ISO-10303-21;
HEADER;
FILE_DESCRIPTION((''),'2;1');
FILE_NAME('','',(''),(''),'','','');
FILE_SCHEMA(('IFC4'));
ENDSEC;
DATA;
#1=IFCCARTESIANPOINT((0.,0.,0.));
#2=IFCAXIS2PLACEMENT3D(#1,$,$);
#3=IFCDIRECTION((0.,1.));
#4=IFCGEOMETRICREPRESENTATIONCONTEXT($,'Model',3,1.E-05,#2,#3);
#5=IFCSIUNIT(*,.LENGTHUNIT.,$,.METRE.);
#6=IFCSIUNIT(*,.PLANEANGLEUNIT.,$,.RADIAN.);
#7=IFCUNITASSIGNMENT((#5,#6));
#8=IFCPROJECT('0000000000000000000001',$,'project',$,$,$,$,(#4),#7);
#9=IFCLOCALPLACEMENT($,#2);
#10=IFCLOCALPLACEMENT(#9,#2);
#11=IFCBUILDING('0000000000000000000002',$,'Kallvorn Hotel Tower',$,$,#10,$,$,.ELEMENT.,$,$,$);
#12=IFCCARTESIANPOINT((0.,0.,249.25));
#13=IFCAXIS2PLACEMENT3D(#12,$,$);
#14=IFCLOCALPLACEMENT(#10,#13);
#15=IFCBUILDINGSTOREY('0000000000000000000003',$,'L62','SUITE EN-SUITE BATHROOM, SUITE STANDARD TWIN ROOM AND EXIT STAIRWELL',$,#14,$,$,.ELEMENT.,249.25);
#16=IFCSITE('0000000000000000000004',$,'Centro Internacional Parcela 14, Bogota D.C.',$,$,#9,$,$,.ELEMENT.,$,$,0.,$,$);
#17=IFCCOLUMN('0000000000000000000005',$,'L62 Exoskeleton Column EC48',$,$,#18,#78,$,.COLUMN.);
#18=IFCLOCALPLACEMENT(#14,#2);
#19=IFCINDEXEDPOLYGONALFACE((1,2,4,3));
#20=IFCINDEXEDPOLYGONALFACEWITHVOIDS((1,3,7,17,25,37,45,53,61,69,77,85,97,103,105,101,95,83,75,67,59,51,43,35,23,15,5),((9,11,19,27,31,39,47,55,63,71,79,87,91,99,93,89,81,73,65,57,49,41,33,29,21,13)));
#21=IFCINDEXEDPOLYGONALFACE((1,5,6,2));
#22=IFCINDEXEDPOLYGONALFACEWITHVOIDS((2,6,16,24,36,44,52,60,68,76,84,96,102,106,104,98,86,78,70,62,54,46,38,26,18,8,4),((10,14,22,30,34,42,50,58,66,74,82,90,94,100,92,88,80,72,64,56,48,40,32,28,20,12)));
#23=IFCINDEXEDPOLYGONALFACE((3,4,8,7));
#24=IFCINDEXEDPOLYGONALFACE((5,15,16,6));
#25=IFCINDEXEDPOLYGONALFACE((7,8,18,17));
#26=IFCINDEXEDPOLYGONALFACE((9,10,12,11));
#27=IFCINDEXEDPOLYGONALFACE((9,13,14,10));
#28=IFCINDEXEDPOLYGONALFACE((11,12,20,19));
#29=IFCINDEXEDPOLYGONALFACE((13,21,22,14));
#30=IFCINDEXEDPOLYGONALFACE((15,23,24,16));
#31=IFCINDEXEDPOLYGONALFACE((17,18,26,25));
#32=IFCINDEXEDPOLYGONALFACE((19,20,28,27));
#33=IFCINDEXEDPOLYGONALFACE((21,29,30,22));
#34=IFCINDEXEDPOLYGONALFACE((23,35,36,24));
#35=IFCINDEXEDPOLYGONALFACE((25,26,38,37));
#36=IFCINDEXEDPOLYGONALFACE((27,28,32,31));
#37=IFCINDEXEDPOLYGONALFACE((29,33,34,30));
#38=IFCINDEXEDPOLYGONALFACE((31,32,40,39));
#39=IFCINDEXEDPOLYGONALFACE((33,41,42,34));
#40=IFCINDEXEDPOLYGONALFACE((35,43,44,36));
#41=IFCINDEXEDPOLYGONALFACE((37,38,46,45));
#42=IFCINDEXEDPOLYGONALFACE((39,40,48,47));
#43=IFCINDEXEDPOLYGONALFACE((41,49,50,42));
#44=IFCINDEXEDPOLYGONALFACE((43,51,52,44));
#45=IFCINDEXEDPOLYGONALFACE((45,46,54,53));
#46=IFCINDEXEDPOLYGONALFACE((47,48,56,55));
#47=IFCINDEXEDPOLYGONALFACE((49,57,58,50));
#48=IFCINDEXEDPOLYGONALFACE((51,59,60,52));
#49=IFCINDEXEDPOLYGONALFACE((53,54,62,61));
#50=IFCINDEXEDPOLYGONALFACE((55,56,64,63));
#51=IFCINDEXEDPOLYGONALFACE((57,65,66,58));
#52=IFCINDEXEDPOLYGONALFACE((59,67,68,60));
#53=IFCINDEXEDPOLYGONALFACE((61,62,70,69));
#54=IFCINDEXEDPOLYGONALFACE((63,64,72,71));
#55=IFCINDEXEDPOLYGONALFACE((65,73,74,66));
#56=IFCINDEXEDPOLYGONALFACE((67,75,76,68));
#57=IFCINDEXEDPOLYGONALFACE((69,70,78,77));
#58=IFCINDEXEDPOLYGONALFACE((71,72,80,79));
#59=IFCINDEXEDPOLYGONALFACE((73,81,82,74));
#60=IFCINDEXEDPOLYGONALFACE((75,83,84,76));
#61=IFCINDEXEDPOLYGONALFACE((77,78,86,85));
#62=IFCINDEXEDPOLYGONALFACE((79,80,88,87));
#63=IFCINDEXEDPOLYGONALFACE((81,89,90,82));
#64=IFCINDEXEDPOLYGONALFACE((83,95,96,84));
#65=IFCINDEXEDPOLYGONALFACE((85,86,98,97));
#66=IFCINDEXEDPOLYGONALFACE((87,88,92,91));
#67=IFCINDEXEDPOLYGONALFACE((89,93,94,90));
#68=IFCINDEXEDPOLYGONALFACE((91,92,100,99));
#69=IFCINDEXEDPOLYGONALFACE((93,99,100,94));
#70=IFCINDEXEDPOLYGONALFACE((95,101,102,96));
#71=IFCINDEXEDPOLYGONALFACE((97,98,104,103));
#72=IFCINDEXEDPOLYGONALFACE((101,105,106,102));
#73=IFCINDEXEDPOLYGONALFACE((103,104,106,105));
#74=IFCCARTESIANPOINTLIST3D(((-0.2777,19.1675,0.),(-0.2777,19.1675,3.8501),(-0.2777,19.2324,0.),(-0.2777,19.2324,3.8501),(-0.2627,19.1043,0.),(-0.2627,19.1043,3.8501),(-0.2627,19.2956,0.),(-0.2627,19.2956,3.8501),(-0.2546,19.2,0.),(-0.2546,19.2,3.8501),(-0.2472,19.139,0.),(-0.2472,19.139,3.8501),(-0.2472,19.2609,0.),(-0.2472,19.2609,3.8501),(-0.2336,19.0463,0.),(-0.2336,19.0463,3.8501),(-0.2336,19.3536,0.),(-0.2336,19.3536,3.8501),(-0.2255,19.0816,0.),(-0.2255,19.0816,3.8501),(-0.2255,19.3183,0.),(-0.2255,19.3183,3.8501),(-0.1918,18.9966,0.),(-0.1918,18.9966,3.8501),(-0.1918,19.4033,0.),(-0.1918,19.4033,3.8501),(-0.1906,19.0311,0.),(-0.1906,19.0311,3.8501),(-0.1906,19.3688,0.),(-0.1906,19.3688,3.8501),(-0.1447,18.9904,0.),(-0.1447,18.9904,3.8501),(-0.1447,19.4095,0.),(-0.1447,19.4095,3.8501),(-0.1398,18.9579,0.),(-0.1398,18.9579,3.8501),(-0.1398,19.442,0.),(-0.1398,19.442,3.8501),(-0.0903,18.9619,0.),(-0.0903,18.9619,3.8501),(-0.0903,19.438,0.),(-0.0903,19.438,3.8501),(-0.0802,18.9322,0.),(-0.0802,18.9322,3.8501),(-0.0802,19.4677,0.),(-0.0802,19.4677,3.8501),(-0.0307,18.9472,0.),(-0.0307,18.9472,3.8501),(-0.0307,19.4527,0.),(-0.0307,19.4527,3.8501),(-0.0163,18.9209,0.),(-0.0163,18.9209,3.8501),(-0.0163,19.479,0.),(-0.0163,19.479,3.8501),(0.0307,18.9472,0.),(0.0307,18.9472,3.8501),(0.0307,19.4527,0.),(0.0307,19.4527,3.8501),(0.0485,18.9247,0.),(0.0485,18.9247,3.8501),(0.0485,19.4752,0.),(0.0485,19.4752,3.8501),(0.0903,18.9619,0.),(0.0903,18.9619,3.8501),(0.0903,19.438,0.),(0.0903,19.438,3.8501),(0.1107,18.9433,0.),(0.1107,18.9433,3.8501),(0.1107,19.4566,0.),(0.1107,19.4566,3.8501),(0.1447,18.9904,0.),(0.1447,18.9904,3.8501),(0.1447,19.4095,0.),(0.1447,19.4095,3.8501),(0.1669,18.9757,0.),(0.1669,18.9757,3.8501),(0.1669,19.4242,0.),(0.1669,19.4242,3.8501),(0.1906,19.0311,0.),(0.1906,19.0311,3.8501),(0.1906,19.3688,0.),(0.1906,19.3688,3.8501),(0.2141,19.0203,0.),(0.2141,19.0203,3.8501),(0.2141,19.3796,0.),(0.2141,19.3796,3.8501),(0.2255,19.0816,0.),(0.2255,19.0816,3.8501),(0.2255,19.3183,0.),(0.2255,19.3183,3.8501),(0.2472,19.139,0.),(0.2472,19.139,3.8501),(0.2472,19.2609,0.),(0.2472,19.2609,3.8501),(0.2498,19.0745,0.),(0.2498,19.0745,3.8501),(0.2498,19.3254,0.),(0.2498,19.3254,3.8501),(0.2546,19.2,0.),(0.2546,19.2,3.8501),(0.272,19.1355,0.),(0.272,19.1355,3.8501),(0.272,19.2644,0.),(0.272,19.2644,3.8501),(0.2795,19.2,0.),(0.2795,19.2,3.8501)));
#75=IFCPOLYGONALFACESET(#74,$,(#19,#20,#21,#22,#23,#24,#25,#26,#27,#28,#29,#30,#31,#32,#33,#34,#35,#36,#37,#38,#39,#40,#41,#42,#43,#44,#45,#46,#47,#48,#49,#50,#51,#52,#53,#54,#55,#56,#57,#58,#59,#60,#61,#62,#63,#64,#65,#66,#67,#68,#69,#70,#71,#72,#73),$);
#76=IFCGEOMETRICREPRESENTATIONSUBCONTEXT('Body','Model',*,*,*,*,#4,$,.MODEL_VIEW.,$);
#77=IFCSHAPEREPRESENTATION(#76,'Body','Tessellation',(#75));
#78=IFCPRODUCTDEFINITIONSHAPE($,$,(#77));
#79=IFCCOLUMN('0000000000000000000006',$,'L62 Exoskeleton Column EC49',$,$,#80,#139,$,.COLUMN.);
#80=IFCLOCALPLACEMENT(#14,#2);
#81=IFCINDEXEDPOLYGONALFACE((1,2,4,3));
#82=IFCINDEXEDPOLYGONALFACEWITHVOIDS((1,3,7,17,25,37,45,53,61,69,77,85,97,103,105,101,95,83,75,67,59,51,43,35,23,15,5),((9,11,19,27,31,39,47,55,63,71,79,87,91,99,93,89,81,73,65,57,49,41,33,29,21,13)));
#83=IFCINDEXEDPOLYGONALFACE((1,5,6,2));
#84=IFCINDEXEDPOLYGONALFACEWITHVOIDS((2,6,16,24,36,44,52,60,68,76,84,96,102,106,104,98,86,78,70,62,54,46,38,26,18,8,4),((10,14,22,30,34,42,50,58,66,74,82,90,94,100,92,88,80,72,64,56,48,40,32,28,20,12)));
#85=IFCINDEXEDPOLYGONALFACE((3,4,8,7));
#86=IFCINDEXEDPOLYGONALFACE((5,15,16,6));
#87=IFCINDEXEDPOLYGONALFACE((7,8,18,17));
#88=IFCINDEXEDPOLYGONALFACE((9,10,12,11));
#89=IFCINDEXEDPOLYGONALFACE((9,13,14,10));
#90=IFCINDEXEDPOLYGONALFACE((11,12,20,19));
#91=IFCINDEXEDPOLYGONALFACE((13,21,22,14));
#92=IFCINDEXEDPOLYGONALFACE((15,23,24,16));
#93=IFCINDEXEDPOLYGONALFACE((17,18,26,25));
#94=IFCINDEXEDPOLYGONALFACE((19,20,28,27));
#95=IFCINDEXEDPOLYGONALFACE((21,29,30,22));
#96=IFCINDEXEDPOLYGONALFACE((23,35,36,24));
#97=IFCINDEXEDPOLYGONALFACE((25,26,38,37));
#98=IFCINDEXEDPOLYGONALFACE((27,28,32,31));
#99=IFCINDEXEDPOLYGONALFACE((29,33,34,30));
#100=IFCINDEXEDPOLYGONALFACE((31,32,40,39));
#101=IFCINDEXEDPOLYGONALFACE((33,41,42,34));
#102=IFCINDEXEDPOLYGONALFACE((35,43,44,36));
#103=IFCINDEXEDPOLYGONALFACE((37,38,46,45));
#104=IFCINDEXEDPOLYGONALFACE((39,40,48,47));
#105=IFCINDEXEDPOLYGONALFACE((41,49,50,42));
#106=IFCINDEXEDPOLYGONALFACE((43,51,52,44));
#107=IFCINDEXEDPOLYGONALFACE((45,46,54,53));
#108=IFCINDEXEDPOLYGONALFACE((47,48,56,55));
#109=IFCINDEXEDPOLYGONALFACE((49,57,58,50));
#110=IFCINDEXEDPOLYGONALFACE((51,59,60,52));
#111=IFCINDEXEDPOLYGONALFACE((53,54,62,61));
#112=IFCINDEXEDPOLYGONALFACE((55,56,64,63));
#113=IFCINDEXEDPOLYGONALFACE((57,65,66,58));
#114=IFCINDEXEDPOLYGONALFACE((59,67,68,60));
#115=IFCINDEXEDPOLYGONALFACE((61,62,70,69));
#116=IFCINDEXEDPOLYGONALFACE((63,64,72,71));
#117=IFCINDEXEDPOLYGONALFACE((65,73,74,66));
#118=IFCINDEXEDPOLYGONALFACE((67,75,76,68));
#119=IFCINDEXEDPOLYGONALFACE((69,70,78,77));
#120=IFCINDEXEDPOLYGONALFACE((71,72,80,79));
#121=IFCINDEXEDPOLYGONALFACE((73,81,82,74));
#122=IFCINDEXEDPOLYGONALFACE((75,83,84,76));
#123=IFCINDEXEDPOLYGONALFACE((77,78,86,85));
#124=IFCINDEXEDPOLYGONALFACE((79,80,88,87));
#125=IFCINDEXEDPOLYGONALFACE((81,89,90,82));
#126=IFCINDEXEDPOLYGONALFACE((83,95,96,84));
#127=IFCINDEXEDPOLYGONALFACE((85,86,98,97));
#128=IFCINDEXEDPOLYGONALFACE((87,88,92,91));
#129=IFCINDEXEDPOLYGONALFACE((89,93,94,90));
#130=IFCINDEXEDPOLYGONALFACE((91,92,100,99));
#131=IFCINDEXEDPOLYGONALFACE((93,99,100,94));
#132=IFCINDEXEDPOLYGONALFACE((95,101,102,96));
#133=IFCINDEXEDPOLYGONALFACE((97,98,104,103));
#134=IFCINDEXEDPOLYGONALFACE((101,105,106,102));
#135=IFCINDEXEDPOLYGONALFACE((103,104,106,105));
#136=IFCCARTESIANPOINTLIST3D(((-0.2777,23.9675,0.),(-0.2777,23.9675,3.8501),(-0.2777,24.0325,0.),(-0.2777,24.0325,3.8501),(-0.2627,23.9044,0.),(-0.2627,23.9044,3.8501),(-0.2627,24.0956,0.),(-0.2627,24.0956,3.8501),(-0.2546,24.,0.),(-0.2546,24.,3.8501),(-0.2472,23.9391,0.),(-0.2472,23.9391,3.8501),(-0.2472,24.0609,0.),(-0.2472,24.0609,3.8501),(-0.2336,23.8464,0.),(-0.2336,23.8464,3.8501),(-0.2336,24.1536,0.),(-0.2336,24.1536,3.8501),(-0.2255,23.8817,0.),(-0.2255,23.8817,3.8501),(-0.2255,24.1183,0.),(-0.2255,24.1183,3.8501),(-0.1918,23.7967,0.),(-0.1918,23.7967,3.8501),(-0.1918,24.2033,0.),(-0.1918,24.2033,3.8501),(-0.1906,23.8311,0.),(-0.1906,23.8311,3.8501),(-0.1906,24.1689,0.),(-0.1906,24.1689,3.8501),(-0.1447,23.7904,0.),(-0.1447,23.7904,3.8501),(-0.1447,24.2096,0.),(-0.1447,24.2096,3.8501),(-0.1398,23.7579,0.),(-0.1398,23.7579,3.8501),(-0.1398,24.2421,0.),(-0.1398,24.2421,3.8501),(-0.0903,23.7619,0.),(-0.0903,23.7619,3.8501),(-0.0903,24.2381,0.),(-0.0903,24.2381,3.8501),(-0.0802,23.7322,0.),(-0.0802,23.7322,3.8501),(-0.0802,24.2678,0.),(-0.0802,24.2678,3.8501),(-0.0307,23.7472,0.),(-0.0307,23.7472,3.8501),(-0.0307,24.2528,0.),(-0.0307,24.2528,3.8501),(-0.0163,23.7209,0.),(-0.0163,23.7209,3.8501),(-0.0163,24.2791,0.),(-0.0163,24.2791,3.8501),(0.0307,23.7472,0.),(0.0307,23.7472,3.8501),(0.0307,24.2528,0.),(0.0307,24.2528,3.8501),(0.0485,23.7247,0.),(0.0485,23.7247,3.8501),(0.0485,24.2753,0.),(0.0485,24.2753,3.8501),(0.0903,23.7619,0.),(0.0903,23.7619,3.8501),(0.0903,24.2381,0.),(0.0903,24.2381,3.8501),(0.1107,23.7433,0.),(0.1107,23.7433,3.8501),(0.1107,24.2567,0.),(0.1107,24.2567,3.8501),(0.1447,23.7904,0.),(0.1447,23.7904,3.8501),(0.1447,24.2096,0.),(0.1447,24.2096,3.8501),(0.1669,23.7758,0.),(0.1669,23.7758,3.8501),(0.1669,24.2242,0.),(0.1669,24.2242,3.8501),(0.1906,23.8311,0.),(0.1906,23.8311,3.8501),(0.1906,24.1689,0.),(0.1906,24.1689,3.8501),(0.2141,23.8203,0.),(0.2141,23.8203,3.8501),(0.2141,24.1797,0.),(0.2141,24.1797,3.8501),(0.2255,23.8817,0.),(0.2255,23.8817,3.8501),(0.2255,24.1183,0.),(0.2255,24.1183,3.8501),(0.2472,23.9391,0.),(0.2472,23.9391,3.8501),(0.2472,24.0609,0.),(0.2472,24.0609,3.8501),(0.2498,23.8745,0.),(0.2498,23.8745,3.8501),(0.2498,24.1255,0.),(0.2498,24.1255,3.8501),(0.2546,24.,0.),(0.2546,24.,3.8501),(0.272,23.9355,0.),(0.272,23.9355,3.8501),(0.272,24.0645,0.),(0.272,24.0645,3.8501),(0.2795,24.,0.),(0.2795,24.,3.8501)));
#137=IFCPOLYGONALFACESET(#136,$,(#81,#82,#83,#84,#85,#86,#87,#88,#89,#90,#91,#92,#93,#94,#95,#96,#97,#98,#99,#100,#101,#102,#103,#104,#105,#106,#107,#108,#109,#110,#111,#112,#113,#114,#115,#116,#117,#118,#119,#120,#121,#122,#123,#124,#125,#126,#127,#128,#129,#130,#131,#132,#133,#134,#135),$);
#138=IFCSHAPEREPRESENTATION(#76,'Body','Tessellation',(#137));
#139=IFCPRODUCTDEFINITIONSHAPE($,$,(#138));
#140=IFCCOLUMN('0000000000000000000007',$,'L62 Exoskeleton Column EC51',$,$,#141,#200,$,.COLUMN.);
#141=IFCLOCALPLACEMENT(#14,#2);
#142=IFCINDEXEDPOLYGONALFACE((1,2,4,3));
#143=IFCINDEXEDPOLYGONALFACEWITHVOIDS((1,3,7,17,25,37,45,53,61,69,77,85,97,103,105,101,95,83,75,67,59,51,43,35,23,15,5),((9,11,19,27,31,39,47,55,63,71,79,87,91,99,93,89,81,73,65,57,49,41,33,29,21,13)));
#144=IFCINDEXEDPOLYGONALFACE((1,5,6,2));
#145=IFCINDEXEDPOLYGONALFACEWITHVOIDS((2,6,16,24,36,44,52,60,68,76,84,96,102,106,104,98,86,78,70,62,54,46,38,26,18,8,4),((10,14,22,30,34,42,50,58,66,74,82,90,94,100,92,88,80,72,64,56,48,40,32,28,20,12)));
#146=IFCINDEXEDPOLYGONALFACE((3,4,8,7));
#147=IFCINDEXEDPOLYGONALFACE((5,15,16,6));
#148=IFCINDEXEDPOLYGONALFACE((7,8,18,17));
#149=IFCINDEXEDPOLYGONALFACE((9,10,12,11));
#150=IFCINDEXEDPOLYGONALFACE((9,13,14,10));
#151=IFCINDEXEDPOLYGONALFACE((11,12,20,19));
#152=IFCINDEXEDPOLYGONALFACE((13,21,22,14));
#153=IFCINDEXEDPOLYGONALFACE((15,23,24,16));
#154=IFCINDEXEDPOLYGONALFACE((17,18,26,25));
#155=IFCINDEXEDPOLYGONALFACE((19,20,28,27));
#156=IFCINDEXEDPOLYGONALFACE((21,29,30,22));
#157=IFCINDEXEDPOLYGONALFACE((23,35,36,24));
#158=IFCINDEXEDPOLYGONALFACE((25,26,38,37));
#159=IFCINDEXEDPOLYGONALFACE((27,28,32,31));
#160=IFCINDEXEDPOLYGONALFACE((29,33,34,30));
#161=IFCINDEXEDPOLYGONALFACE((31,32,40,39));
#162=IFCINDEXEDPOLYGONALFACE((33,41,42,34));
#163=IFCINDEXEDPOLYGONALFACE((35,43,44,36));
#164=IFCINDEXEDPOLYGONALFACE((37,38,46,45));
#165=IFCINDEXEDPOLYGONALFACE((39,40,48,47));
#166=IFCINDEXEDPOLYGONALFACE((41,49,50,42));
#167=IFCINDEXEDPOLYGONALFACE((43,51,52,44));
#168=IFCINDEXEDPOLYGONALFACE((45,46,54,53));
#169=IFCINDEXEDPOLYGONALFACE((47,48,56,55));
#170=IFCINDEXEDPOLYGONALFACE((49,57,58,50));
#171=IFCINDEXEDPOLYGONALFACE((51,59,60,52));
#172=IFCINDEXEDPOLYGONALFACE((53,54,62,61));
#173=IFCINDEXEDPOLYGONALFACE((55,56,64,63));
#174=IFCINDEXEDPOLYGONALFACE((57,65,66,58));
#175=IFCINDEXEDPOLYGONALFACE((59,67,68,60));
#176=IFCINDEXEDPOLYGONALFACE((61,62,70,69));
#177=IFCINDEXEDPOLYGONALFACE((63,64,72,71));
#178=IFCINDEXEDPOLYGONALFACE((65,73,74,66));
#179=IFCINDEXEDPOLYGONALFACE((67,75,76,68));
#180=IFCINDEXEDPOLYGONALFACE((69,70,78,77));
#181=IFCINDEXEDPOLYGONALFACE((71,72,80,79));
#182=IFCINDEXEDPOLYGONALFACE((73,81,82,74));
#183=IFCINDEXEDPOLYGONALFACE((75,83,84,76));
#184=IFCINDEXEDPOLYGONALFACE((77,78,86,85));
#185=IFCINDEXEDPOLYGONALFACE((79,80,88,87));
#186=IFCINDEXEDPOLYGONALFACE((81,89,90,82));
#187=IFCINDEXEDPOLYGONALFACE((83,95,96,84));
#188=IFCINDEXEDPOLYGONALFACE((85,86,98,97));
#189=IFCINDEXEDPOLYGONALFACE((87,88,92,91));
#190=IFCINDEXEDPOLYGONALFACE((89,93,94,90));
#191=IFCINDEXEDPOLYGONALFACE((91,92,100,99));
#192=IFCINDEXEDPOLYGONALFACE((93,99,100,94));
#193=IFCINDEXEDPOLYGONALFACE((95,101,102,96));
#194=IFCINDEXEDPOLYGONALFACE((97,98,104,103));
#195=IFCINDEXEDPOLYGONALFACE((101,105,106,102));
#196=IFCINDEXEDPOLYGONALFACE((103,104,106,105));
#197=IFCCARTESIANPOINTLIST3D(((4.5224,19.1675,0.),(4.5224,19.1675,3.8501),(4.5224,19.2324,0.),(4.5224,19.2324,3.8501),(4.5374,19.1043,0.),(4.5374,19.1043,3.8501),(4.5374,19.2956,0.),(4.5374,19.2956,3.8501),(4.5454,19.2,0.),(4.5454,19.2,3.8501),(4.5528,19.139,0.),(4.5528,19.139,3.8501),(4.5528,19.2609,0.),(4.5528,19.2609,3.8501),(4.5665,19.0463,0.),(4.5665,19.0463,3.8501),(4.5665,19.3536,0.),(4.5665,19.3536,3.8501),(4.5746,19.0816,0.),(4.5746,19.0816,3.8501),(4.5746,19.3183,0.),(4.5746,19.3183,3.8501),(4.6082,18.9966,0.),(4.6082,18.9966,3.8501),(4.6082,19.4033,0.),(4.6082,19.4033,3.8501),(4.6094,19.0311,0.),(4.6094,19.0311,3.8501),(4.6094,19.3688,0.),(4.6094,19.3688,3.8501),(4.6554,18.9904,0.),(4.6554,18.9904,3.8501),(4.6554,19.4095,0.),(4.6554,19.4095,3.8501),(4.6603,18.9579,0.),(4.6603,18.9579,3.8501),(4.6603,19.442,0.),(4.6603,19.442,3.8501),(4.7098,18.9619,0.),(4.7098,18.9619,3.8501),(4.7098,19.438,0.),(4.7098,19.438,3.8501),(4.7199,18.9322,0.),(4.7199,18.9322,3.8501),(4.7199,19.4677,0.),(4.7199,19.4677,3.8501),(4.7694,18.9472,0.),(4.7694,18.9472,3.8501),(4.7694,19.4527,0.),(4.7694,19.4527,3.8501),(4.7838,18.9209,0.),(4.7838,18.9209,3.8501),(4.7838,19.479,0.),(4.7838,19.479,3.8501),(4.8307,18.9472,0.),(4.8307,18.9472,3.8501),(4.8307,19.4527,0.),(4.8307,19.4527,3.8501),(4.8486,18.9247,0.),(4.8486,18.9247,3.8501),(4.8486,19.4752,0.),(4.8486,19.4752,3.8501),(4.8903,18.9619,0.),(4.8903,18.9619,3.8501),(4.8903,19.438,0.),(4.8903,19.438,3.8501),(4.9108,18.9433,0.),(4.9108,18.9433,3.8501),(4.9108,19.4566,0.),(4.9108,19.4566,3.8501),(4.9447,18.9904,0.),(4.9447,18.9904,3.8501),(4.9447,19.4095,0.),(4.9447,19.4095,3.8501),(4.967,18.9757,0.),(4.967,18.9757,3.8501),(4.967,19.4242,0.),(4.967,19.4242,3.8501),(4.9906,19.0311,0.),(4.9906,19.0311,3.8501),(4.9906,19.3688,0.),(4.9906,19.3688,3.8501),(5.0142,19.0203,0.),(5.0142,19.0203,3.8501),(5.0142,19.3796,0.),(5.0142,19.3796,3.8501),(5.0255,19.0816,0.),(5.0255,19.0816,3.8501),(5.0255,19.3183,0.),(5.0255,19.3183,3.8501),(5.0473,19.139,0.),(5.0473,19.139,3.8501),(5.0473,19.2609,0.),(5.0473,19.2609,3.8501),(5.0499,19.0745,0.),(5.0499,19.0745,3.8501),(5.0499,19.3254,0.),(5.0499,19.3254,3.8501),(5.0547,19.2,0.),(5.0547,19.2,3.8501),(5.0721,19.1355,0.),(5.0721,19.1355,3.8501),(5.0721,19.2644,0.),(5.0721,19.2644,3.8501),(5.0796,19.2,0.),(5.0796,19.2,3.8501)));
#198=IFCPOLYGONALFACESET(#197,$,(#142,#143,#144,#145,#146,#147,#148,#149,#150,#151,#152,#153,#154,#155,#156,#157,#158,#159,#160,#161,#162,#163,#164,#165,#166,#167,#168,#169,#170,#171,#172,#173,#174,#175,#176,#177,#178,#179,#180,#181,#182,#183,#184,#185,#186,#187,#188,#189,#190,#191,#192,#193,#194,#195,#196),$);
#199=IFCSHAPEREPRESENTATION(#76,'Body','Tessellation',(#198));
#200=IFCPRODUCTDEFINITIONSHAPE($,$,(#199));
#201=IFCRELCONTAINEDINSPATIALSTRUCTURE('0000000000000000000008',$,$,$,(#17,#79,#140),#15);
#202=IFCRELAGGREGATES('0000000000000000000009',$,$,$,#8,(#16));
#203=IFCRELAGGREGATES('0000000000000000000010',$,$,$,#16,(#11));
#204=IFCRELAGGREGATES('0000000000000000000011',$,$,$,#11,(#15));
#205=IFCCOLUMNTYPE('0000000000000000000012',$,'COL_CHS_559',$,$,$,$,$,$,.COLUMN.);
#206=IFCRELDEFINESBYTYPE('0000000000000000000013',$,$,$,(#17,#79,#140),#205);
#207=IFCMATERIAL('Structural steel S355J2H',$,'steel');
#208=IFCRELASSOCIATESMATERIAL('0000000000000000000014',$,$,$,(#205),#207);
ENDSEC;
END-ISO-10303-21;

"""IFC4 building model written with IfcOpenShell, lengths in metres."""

from ifc_helpers import new_model, si_unit, direction, frame, origin, origin_2d, place, context, subcontext, project, spatial, hollow_circle, extrude, material, material_profile, profile_set, type_object, element, save


model = new_model("IFC4")

# Units and contexts
model_context = context("Model", 3, precision=1e-05, world=origin(), true_north=direction((0.0, 1.0)))
body_context = subcontext(model_context, "Body", "Model", "MODEL_VIEW")
ifc_project = project(units=[si_unit("LENGTHUNIT", "METRE"), si_unit("PLANEANGLEUNIT", "RADIAN")], contexts=[model_context])

# Site, building, storey
site_placement = place(None, origin())
site = spatial("IfcSite", under=ifc_project, at=site_placement, Name="Centro Internacional Parcela 14, Bogota D.C.", CompositionType="ELEMENT", RefElevation=0.0)
building_placement = place(site_placement, origin())
building = spatial("IfcBuilding", under=site, at=building_placement, Name="Kallvorn Hotel Tower", CompositionType="ELEMENT")
storey_placement = place(building_placement, frame((0.0, 0.0, 249.25)))
storey = spatial("IfcBuildingStorey", under=building, at=storey_placement, Name="L62", Description="SUITE EN-SUITE BATHROOM, SUITE STANDARD TWIN ROOM AND EXIT STAIRWELL", CompositionType="ELEMENT", Elevation=249.25)

# Columns
ifc_material_1 = material(Name="Structural steel S355J2H", Category="steel")
ifc_material_profile_1 = material_profile(ifc_material_1, hollow_circle(Radius=0.2795, WallThickness=0.0249, at=origin_2d()), Name="CHS 559x25")
ifc_profile_set_1 = profile_set([ifc_material_profile_1], Name="Structural steel S355J2H")
column_type_1 = type_object("IfcColumnType", Name="COL_CHS_559", PredefinedType="COLUMN", material=ifc_profile_set_1)
for number, where, z_axis, x_axis, name in (
    (1, (0.0, 19.2, 0.0), (0.0, 0.0, 1.0), (1.0, 0.0, 0.0), "L62 Exoskeleton Column EC48"),
    (2, (0.0, 24.0, 0.0), (0.0, 0.0, 1.0), (1.0, 0.0, 0.0), "L62 Exoskeleton Column EC49"),
    (3, (4.8, 19.2, 0.0), (0.0, 0.0, 1.0), (1.0, 0.0, 0.0), "L62 Exoskeleton Column EC51"),
):
    element("IfcColumn", number, at=place(storey_placement, frame(where, z_axis=z_axis, x_axis=x_axis)), inside=storey, type_object=column_type_1, Name=name, PredefinedType="COLUMN", context=body_context, shape_type="SweptSolid", body=[
        extrude(hollow_circle(Radius=0.2795, WallThickness=0.0249, at=origin_2d()), origin(), (0.0, 0.0, 1.0), 3.8501),
    ])

save(model, "model.ifc")
